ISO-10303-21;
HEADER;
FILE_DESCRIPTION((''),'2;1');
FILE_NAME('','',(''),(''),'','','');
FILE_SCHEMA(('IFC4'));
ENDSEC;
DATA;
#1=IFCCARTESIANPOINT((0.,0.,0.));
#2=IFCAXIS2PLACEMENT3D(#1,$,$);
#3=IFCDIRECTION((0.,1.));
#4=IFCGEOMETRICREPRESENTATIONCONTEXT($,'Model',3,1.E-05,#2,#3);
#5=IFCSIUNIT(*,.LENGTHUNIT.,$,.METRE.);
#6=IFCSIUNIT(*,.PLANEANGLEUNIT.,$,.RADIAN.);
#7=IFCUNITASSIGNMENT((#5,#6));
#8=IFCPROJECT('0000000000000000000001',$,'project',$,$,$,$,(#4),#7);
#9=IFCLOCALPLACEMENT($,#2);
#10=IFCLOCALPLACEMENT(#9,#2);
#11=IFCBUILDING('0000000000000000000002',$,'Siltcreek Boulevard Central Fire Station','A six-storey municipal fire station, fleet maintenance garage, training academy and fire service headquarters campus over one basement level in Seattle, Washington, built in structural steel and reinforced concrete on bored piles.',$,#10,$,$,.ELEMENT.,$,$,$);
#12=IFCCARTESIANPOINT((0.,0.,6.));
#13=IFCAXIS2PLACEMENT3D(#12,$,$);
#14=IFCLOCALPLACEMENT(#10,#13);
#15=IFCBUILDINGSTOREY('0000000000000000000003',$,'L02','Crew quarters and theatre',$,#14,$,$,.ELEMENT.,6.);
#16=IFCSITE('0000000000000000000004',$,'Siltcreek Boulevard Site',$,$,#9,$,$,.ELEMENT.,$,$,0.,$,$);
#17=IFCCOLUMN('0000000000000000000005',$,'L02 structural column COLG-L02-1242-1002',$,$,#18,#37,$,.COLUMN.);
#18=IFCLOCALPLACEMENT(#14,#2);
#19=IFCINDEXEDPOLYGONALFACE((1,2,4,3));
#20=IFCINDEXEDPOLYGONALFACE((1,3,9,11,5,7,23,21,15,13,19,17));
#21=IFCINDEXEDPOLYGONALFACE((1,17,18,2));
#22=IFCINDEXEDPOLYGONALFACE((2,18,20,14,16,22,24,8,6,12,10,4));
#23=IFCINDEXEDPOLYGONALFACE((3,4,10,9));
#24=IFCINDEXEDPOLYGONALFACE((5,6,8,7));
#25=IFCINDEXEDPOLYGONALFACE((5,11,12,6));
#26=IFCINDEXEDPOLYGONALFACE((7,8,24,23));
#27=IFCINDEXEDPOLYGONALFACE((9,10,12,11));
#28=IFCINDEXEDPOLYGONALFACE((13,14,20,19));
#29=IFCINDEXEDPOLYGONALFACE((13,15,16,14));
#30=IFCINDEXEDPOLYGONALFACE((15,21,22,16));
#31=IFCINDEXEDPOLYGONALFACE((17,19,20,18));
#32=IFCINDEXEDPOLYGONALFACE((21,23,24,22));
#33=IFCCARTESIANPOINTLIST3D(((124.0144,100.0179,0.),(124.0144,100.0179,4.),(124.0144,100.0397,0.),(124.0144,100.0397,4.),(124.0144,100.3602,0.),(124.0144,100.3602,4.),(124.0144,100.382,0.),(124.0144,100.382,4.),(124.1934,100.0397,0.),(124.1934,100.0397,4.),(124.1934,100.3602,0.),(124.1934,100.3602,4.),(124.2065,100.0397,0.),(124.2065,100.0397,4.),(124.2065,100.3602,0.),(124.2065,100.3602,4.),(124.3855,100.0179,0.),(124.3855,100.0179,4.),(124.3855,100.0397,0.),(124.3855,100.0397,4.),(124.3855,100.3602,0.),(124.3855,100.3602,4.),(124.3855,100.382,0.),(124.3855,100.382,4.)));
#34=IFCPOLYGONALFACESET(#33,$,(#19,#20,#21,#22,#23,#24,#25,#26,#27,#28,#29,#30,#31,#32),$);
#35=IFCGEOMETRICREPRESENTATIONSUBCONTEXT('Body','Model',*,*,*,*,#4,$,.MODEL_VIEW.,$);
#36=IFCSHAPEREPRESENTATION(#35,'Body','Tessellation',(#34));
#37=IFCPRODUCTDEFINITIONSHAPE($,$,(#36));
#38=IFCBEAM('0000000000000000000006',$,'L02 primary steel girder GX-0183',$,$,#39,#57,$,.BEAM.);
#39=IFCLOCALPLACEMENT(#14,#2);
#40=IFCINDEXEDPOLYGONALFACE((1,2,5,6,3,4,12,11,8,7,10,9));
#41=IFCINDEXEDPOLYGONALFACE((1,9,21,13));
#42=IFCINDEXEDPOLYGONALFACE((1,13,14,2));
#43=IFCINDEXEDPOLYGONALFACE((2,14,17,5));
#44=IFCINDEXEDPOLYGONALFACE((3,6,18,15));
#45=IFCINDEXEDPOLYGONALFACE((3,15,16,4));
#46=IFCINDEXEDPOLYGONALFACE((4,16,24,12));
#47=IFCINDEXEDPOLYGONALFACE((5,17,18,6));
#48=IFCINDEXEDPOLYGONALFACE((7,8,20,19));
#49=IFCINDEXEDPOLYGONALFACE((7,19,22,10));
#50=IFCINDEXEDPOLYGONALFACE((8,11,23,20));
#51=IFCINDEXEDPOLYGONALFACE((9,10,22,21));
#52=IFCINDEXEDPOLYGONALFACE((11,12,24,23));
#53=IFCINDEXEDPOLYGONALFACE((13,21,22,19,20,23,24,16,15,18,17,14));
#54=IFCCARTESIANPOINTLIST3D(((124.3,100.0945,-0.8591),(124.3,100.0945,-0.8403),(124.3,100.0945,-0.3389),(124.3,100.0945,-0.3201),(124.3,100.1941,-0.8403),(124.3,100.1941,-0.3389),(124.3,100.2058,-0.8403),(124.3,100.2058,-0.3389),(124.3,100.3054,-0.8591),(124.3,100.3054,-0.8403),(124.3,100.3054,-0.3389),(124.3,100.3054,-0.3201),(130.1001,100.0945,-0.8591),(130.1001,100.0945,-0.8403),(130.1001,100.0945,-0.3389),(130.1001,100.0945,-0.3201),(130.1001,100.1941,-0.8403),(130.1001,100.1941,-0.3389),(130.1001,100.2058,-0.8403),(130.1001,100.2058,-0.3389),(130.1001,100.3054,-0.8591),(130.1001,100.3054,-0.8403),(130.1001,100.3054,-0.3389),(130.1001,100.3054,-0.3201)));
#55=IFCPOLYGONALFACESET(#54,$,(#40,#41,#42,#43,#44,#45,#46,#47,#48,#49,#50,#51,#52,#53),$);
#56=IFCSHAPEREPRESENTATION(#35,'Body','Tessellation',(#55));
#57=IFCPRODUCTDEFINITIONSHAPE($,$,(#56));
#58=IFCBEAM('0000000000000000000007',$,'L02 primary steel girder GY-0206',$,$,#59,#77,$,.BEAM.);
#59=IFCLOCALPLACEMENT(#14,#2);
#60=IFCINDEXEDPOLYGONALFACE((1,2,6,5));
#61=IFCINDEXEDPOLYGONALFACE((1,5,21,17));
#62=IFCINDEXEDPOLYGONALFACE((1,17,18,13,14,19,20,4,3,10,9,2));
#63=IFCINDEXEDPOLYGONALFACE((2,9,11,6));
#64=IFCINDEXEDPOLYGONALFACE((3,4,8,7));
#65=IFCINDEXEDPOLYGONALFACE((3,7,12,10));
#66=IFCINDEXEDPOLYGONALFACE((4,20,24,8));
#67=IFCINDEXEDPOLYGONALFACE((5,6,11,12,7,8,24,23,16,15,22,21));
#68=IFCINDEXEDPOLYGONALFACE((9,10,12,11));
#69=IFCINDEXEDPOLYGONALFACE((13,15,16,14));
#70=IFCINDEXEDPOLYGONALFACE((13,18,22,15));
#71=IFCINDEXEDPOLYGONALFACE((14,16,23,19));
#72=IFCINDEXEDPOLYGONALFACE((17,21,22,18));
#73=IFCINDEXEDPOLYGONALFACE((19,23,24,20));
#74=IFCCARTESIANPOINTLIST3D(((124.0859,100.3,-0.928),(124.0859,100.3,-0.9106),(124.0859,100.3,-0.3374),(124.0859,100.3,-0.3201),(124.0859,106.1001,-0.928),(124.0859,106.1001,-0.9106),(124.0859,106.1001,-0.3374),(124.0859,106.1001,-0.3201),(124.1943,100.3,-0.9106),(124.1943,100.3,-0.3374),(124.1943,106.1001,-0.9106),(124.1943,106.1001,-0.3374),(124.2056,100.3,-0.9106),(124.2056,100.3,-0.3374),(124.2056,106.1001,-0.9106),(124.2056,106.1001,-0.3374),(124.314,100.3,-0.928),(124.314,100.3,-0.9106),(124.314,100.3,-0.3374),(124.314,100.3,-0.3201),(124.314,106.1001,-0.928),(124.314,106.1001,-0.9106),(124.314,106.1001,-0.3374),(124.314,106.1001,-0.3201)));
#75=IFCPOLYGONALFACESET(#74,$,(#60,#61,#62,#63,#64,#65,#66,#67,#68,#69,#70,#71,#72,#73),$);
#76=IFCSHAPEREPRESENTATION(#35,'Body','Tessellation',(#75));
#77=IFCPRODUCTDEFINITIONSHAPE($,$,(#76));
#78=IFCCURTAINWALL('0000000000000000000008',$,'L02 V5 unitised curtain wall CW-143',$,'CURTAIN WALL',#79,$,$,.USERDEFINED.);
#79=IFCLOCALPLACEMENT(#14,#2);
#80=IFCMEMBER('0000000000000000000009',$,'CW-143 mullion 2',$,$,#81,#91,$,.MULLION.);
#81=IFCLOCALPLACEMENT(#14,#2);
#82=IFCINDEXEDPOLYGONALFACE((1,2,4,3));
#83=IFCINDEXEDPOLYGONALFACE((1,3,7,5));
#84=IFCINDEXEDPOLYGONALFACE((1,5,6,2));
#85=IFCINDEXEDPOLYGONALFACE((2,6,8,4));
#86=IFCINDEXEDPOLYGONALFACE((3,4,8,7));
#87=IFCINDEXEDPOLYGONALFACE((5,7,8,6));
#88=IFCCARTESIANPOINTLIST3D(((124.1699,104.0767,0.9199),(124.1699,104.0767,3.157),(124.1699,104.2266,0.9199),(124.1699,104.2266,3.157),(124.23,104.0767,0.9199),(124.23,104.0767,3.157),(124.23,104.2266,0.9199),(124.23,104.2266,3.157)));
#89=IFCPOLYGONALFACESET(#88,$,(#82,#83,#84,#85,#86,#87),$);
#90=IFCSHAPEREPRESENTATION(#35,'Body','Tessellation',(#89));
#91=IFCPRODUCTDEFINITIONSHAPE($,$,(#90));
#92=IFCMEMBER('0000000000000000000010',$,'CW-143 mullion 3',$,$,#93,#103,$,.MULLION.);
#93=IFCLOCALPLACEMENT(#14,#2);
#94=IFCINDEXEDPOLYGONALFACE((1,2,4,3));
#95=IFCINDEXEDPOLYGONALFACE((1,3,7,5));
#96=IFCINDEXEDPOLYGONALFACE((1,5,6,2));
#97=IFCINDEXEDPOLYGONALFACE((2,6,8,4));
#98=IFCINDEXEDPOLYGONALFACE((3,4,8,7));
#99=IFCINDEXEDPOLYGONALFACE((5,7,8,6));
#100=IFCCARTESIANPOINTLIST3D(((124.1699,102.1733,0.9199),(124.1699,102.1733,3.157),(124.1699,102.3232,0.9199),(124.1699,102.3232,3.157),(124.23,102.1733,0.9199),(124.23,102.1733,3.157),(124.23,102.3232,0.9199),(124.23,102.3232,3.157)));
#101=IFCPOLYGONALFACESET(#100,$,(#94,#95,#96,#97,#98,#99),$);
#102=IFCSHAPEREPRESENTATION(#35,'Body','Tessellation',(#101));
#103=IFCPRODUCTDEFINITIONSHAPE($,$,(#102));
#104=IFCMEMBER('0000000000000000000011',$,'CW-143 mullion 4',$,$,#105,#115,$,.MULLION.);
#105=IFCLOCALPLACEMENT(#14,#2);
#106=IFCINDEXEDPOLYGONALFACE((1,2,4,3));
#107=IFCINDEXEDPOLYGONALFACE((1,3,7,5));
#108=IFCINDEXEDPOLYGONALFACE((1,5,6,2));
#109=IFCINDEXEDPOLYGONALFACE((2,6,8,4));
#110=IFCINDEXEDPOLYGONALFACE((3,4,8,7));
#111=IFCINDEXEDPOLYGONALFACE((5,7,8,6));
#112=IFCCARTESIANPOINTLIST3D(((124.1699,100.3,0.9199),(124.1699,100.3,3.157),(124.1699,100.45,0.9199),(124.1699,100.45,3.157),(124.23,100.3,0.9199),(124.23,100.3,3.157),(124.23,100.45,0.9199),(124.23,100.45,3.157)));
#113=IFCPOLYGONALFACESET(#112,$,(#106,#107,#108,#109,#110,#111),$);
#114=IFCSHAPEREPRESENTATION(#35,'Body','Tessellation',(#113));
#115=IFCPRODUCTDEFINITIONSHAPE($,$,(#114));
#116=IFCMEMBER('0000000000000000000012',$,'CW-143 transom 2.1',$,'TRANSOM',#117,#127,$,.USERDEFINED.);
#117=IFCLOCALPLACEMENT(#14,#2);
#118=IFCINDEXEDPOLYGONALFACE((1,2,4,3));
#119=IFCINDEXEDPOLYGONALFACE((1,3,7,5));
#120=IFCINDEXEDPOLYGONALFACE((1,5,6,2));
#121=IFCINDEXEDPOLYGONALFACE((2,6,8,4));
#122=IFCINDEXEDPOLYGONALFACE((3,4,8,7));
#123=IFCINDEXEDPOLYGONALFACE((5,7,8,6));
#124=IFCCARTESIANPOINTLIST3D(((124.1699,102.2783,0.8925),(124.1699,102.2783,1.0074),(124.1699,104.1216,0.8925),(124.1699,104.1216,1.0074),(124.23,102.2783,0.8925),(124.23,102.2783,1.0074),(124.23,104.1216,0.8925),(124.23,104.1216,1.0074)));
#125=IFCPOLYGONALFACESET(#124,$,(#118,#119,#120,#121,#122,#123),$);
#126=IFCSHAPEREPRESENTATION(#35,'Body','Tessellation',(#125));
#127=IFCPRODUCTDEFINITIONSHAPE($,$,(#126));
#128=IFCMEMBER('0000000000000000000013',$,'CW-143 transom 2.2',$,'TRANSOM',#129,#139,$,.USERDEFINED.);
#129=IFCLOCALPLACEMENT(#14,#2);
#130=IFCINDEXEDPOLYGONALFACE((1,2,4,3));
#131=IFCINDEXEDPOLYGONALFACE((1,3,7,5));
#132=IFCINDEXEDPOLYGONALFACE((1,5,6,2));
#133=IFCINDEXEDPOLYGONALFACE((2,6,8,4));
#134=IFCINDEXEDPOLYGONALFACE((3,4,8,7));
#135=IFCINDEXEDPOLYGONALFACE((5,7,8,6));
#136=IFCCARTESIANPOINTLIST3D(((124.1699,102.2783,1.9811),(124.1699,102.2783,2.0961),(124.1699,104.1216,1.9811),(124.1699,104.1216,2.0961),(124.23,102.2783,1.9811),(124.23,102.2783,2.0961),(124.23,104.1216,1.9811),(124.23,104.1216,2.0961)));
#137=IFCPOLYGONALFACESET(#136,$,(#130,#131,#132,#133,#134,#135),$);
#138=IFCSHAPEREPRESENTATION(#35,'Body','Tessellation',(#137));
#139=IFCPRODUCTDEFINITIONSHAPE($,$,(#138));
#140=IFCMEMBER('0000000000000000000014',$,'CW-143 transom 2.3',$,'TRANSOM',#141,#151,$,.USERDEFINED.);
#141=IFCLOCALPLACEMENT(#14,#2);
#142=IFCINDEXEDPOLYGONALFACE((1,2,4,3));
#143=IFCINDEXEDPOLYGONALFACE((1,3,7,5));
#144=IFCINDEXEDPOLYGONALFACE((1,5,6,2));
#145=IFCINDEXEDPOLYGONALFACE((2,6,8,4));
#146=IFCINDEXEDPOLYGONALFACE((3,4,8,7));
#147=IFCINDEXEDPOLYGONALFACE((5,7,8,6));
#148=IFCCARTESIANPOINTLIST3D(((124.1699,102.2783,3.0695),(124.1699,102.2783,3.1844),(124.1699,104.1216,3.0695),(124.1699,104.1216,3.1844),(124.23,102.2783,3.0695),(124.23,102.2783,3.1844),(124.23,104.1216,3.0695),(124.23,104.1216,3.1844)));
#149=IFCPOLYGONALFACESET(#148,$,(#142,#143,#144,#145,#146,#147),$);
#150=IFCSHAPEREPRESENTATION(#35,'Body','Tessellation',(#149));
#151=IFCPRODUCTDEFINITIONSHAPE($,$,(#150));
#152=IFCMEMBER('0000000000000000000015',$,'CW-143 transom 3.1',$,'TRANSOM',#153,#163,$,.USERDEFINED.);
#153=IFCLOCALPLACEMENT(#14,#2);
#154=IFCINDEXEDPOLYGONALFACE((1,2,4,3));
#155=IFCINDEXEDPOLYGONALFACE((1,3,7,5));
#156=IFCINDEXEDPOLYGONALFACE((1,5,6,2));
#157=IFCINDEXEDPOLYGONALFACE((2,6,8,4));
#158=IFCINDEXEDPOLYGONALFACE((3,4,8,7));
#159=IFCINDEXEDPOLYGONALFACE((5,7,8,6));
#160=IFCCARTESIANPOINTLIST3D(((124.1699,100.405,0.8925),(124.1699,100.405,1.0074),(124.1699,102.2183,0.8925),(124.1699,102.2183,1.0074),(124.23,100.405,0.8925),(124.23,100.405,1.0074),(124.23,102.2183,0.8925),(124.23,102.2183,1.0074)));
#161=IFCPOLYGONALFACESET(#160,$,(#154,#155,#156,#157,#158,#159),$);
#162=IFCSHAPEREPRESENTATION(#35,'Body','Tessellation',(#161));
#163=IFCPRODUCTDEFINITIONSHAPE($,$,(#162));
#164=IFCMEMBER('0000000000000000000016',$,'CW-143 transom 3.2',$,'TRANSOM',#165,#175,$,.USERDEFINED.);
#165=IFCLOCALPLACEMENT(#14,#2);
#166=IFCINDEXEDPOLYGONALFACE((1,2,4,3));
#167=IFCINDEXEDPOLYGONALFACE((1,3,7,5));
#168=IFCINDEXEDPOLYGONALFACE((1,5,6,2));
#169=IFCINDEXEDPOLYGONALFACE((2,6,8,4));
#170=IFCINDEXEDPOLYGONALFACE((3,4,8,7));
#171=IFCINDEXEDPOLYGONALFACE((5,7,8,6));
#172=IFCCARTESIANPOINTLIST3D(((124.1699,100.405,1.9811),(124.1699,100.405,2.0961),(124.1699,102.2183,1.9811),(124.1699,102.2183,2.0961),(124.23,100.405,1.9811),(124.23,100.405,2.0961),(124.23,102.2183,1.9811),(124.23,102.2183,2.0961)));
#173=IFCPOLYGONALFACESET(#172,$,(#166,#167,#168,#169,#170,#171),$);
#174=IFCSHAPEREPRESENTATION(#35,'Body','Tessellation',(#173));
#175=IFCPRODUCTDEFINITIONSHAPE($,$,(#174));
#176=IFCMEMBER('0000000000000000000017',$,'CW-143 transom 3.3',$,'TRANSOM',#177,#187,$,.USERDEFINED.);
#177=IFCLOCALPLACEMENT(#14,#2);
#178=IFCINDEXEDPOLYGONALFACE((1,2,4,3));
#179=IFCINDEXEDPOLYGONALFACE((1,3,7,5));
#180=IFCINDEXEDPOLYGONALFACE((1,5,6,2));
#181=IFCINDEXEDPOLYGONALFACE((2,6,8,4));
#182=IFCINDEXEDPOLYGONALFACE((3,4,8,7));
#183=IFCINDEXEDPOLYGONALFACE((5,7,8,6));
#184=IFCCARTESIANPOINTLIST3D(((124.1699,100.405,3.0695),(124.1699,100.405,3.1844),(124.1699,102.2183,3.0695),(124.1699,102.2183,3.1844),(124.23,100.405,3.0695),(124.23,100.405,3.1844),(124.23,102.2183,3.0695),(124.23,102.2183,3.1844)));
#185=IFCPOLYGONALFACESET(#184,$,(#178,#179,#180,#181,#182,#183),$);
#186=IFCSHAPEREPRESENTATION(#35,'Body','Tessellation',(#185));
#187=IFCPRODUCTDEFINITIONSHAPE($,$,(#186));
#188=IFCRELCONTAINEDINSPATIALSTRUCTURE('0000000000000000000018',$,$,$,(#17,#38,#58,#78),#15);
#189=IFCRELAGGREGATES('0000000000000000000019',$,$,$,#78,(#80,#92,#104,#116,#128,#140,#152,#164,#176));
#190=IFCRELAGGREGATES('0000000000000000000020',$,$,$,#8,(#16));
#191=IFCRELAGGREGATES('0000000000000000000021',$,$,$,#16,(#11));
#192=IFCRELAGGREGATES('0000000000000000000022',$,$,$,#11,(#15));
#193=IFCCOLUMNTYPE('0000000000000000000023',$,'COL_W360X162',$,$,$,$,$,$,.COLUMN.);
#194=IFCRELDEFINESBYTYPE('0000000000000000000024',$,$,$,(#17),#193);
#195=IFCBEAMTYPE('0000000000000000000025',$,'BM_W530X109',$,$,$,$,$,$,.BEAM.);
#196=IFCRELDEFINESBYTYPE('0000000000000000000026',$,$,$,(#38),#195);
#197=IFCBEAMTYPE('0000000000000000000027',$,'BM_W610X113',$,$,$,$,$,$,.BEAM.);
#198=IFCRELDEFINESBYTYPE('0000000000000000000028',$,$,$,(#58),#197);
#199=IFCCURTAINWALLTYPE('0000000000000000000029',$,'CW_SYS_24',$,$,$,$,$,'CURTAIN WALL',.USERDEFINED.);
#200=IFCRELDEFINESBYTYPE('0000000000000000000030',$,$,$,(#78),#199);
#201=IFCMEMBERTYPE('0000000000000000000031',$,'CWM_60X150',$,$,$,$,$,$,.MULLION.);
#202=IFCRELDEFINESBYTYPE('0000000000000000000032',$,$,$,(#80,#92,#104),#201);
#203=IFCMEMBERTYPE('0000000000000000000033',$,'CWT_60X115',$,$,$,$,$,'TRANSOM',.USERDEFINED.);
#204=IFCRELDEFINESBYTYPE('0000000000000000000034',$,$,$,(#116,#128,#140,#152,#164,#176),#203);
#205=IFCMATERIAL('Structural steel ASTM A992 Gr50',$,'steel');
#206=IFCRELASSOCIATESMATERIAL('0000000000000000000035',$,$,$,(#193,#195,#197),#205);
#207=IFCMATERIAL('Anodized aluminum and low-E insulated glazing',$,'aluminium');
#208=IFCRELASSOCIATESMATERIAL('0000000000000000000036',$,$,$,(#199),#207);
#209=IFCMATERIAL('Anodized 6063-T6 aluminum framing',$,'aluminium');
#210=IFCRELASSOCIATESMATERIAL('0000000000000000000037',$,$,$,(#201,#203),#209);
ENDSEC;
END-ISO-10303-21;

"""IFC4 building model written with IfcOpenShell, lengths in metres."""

from ifc_helpers import new_model, si_unit, direction, frame, origin, origin_2d, place, context, subcontext, project, spatial, rectangle, i_section, extrude, material, material_profile, profile_set, type_object, element, aggregate, save


model = new_model("IFC4")

# Units and contexts
model_context = context("Model", 3, precision=1e-05, world=origin(), true_north=direction((0.0, 1.0)))
body_context = subcontext(model_context, "Body", "Model", "MODEL_VIEW")
ifc_project = project(units=[si_unit("LENGTHUNIT", "METRE"), si_unit("PLANEANGLEUNIT", "RADIAN")], contexts=[model_context])

# Site, building, storey
site_placement = place(None, origin())
site = spatial("IfcSite", under=ifc_project, at=site_placement, Name="Siltcreek Boulevard Site", CompositionType="ELEMENT", RefElevation=0.0)
building_placement = place(site_placement, origin())
building = spatial("IfcBuilding", under=site, at=building_placement, Name="Siltcreek Boulevard Central Fire Station", Description="A six-storey municipal fire station, fleet maintenance garage, training academy and fire service headquarters campus over one basement level in Seattle, Washington, built in structural steel and reinforced concrete on bored piles.", CompositionType="ELEMENT")
storey_placement = place(building_placement, frame((0.0, 0.0, 6.0)))
storey = spatial("IfcBuildingStorey", under=building, at=storey_placement, Name="L02", Description="Crew quarters and theatre", CompositionType="ELEMENT", Elevation=6.0)

# Column
ifc_material_1 = material(Name="Structural steel ASTM A992 Gr50", Category="steel")
ifc_material_profile_1 = material_profile(ifc_material_1, i_section(OverallWidth=0.3711, OverallDepth=0.364, WebThickness=0.0132, FlangeThickness=0.0217, at=origin_2d()), Name="W360X162")
ifc_profile_set_1 = profile_set([ifc_material_profile_1], Name="Structural steel ASTM A992 Gr50")
column_type = type_object("IfcColumnType", Name="COL_W360X162", PredefinedType="COLUMN", material=ifc_profile_set_1)
column_placement = place(storey_placement, frame((124.2, 100.2, 0.0), z_axis=(0.0, 0.0, 1.0), x_axis=(1.0, 0.0, 0.0)))
element("IfcColumn", 1, at=column_placement, inside=storey, type_object=column_type, Name="L02 structural column COLG-L02-1242-1002", PredefinedType="COLUMN", context=body_context, shape_type="SweptSolid", body=[
    extrude(i_section(OverallWidth=0.3711, OverallDepth=0.364, WebThickness=0.0132, FlangeThickness=0.0217, at=origin_2d()), origin(), (0.0, 0.0, 1.0), 4.0),
])

# Beams
ifc_material_profile_2 = material_profile(ifc_material_1, i_section(OverallWidth=0.2109, OverallDepth=0.5391, WebThickness=0.0117, FlangeThickness=0.0188, at=origin_2d()), Name="W530X109")
ifc_profile_set_2 = profile_set([ifc_material_profile_2], Name="Structural steel ASTM A992 Gr50")
beam_type_1 = type_object("IfcBeamType", Name="BM_W530X109", PredefinedType="BEAM", material=ifc_profile_set_2)
beam_1_placement = place(storey_placement, frame((124.3, 100.2, -0.5896), z_axis=(1.0, 0.0, 0.0), x_axis=(0.0, 1.0, 0.0)))
element("IfcBeam", 2, at=beam_1_placement, inside=storey, type_object=beam_type_1, Name="L02 primary steel girder GX-0183", PredefinedType="BEAM", context=body_context, shape_type="SweptSolid", body=[
    extrude(i_section(OverallWidth=0.2109, OverallDepth=0.5391, WebThickness=0.0117, FlangeThickness=0.0188, at=origin_2d()), origin(), (0.0, 0.0, 1.0), 5.8),
])
ifc_material_profile_3 = material_profile(ifc_material_1, i_section(OverallWidth=0.228, OverallDepth=0.6079, WebThickness=0.0112, FlangeThickness=0.0173, at=origin_2d()), Name="W610X113")
ifc_profile_set_3 = profile_set([ifc_material_profile_3], Name="Structural steel ASTM A992 Gr50")
beam_type_2 = type_object("IfcBeamType", Name="BM_W610X113", PredefinedType="BEAM", material=ifc_profile_set_3)
beam_2_placement = place(storey_placement, frame((124.2, 100.3, -0.624), z_axis=(0.0, 1.0, 0.0), x_axis=(-1.0, 0.0, 0.0)))
element("IfcBeam", 3, at=beam_2_placement, inside=storey, type_object=beam_type_2, Name="L02 primary steel girder GY-0206", PredefinedType="BEAM", context=body_context, shape_type="SweptSolid", body=[
    extrude(i_section(OverallWidth=0.228, OverallDepth=0.6079, WebThickness=0.0112, FlangeThickness=0.0173, at=origin_2d()), origin(), (0.0, 0.0, 1.0), 5.8),
])

# Curtain wall, members
ifc_material_2 = material(Name="Anodized aluminum and low-E insulated glazing", Category="aluminium")
curtain_wall_type = type_object("IfcCurtainWallType", Name="CW_SYS_24", ElementType="CURTAIN WALL", PredefinedType="USERDEFINED", material=ifc_material_2)
curtain_wall_placement = place(storey_placement, origin())
curtain_wall = element("IfcCurtainWall", 4, at=curtain_wall_placement, inside=storey, type_object=curtain_wall_type, Name="L02 V5 unitised curtain wall CW-143", ObjectType="CURTAIN WALL", PredefinedType="USERDEFINED")
ifc_material_3 = material(Name="Anodized 6063-T6 aluminum framing", Category="aluminium")
ifc_material_profile_4 = material_profile(ifc_material_3, rectangle(XDim=0.0601, YDim=0.1499, at=origin_2d()), Name="MULL60X150")
ifc_profile_set_4 = profile_set([ifc_material_profile_4], Name="Anodized 6063-T6 aluminum framing")
member_type_1 = type_object("IfcMemberType", Name="CWM_60X150", PredefinedType="MULLION", material=ifc_profile_set_4)
member_1_placement = place(storey_placement, frame((124.2, 104.1516, 0.9199), z_axis=(0.0, 0.0, 1.0), x_axis=(1.0, 0.0, 0.0)))
member_1 = element("IfcMember", 5, at=member_1_placement, type_object=member_type_1, Name="CW-143 mullion 2", PredefinedType="MULLION", context=body_context, shape_type="SweptSolid", body=[
    extrude(rectangle(XDim=0.0601, YDim=0.1499, at=origin_2d()), origin(), (0.0, 0.0, 1.0), 2.2371),
])
member_2_placement = place(storey_placement, frame((124.2, 102.2483, 0.9199), z_axis=(0.0, 0.0, 1.0), x_axis=(1.0, 0.0, 0.0)))
member_2 = element("IfcMember", 6, at=member_2_placement, type_object=member_type_1, Name="CW-143 mullion 3", PredefinedType="MULLION", context=body_context, shape_type="SweptSolid", body=[
    extrude(rectangle(XDim=0.0601, YDim=0.1499, at=origin_2d()), origin(), (0.0, 0.0, 1.0), 2.2371),
])
member_3_placement = place(storey_placement, frame((124.2, 100.375, 0.9199), z_axis=(0.0, 0.0, 1.0), x_axis=(1.0, 0.0, 0.0)))
member_3 = element("IfcMember", 7, at=member_3_placement, type_object=member_type_1, Name="CW-143 mullion 4", PredefinedType="MULLION", context=body_context, shape_type="SweptSolid", body=[
    extrude(rectangle(XDim=0.0601, YDim=0.1499, at=origin_2d()), origin(), (0.0, 0.0, 1.0), 2.2371),
])
ifc_material_profile_5 = material_profile(ifc_material_3, rectangle(XDim=0.0601, YDim=0.115, at=origin_2d()), Name="TRAN60X115")
ifc_profile_set_5 = profile_set([ifc_material_profile_5], Name="Anodized 6063-T6 aluminum framing")
member_type_2 = type_object("IfcMemberType", Name="CWT_60X115", ElementType="TRANSOM", PredefinedType="USERDEFINED", material=ifc_profile_set_5)
member_4_placement = place(storey_placement, frame((124.2, 104.1216, 0.95), z_axis=(0.0, -1.0, 0.0), x_axis=(1.0, 0.0, 0.0)))
member_4 = element("IfcMember", 8, at=member_4_placement, type_object=member_type_2, Name="CW-143 transom 2.1", ObjectType="TRANSOM", PredefinedType="USERDEFINED", context=body_context, shape_type="SweptSolid", body=[
    extrude(rectangle(XDim=0.0601, YDim=0.115, at=origin_2d()), origin(), (0.0, 0.0, 1.0), 1.8433),
])
member_5_placement = place(storey_placement, frame((124.2, 104.1216, 2.0386), z_axis=(0.0, -1.0, 0.0), x_axis=(1.0, 0.0, 0.0)))
member_5 = element("IfcMember", 9, at=member_5_placement, type_object=member_type_2, Name="CW-143 transom 2.2", ObjectType="TRANSOM", PredefinedType="USERDEFINED", context=body_context, shape_type="SweptSolid", body=[
    extrude(rectangle(XDim=0.0601, YDim=0.115, at=origin_2d()), origin(), (0.0, 0.0, 1.0), 1.8433),
])
member_6_placement = place(storey_placement, frame((124.2, 104.1216, 3.127), z_axis=(0.0, -1.0, 0.0), x_axis=(1.0, 0.0, 0.0)))
member_6 = element("IfcMember", 10, at=member_6_placement, type_object=member_type_2, Name="CW-143 transom 2.3", ObjectType="TRANSOM", PredefinedType="USERDEFINED", context=body_context, shape_type="SweptSolid", body=[
    extrude(rectangle(XDim=0.0601, YDim=0.115, at=origin_2d()), origin(), (0.0, 0.0, 1.0), 1.8433),
])
member_7_placement = place(storey_placement, frame((124.2, 102.2183, 0.95), z_axis=(0.0, -1.0, 0.0), x_axis=(1.0, 0.0, 0.0)))
member_7 = element("IfcMember", 11, at=member_7_placement, type_object=member_type_2, Name="CW-143 transom 3.1", ObjectType="TRANSOM", PredefinedType="USERDEFINED", context=body_context, shape_type="SweptSolid", body=[
    extrude(rectangle(XDim=0.0601, YDim=0.115, at=origin_2d()), origin(), (0.0, 0.0, 1.0), 1.8132),
])
member_8_placement = place(storey_placement, frame((124.2, 102.2183, 2.0386), z_axis=(0.0, -1.0, 0.0), x_axis=(1.0, 0.0, 0.0)))
member_8 = element("IfcMember", 12, at=member_8_placement, type_object=member_type_2, Name="CW-143 transom 3.2", ObjectType="TRANSOM", PredefinedType="USERDEFINED", context=body_context, shape_type="SweptSolid", body=[
    extrude(rectangle(XDim=0.0601, YDim=0.115, at=origin_2d()), origin(), (0.0, 0.0, 1.0), 1.8132),
])
member_9_placement = place(storey_placement, frame((124.2, 102.2183, 3.127), z_axis=(0.0, -1.0, 0.0), x_axis=(1.0, 0.0, 0.0)))
member_9 = element("IfcMember", 13, at=member_9_placement, type_object=member_type_2, Name="CW-143 transom 3.3", ObjectType="TRANSOM", PredefinedType="USERDEFINED", context=body_context, shape_type="SweptSolid", body=[
    extrude(rectangle(XDim=0.0601, YDim=0.115, at=origin_2d()), origin(), (0.0, 0.0, 1.0), 1.8132),
])
aggregate(curtain_wall, [member_1, member_2, member_3, member_4, member_5, member_6, member_7, member_8, member_9])

save(model, "model.ifc")
